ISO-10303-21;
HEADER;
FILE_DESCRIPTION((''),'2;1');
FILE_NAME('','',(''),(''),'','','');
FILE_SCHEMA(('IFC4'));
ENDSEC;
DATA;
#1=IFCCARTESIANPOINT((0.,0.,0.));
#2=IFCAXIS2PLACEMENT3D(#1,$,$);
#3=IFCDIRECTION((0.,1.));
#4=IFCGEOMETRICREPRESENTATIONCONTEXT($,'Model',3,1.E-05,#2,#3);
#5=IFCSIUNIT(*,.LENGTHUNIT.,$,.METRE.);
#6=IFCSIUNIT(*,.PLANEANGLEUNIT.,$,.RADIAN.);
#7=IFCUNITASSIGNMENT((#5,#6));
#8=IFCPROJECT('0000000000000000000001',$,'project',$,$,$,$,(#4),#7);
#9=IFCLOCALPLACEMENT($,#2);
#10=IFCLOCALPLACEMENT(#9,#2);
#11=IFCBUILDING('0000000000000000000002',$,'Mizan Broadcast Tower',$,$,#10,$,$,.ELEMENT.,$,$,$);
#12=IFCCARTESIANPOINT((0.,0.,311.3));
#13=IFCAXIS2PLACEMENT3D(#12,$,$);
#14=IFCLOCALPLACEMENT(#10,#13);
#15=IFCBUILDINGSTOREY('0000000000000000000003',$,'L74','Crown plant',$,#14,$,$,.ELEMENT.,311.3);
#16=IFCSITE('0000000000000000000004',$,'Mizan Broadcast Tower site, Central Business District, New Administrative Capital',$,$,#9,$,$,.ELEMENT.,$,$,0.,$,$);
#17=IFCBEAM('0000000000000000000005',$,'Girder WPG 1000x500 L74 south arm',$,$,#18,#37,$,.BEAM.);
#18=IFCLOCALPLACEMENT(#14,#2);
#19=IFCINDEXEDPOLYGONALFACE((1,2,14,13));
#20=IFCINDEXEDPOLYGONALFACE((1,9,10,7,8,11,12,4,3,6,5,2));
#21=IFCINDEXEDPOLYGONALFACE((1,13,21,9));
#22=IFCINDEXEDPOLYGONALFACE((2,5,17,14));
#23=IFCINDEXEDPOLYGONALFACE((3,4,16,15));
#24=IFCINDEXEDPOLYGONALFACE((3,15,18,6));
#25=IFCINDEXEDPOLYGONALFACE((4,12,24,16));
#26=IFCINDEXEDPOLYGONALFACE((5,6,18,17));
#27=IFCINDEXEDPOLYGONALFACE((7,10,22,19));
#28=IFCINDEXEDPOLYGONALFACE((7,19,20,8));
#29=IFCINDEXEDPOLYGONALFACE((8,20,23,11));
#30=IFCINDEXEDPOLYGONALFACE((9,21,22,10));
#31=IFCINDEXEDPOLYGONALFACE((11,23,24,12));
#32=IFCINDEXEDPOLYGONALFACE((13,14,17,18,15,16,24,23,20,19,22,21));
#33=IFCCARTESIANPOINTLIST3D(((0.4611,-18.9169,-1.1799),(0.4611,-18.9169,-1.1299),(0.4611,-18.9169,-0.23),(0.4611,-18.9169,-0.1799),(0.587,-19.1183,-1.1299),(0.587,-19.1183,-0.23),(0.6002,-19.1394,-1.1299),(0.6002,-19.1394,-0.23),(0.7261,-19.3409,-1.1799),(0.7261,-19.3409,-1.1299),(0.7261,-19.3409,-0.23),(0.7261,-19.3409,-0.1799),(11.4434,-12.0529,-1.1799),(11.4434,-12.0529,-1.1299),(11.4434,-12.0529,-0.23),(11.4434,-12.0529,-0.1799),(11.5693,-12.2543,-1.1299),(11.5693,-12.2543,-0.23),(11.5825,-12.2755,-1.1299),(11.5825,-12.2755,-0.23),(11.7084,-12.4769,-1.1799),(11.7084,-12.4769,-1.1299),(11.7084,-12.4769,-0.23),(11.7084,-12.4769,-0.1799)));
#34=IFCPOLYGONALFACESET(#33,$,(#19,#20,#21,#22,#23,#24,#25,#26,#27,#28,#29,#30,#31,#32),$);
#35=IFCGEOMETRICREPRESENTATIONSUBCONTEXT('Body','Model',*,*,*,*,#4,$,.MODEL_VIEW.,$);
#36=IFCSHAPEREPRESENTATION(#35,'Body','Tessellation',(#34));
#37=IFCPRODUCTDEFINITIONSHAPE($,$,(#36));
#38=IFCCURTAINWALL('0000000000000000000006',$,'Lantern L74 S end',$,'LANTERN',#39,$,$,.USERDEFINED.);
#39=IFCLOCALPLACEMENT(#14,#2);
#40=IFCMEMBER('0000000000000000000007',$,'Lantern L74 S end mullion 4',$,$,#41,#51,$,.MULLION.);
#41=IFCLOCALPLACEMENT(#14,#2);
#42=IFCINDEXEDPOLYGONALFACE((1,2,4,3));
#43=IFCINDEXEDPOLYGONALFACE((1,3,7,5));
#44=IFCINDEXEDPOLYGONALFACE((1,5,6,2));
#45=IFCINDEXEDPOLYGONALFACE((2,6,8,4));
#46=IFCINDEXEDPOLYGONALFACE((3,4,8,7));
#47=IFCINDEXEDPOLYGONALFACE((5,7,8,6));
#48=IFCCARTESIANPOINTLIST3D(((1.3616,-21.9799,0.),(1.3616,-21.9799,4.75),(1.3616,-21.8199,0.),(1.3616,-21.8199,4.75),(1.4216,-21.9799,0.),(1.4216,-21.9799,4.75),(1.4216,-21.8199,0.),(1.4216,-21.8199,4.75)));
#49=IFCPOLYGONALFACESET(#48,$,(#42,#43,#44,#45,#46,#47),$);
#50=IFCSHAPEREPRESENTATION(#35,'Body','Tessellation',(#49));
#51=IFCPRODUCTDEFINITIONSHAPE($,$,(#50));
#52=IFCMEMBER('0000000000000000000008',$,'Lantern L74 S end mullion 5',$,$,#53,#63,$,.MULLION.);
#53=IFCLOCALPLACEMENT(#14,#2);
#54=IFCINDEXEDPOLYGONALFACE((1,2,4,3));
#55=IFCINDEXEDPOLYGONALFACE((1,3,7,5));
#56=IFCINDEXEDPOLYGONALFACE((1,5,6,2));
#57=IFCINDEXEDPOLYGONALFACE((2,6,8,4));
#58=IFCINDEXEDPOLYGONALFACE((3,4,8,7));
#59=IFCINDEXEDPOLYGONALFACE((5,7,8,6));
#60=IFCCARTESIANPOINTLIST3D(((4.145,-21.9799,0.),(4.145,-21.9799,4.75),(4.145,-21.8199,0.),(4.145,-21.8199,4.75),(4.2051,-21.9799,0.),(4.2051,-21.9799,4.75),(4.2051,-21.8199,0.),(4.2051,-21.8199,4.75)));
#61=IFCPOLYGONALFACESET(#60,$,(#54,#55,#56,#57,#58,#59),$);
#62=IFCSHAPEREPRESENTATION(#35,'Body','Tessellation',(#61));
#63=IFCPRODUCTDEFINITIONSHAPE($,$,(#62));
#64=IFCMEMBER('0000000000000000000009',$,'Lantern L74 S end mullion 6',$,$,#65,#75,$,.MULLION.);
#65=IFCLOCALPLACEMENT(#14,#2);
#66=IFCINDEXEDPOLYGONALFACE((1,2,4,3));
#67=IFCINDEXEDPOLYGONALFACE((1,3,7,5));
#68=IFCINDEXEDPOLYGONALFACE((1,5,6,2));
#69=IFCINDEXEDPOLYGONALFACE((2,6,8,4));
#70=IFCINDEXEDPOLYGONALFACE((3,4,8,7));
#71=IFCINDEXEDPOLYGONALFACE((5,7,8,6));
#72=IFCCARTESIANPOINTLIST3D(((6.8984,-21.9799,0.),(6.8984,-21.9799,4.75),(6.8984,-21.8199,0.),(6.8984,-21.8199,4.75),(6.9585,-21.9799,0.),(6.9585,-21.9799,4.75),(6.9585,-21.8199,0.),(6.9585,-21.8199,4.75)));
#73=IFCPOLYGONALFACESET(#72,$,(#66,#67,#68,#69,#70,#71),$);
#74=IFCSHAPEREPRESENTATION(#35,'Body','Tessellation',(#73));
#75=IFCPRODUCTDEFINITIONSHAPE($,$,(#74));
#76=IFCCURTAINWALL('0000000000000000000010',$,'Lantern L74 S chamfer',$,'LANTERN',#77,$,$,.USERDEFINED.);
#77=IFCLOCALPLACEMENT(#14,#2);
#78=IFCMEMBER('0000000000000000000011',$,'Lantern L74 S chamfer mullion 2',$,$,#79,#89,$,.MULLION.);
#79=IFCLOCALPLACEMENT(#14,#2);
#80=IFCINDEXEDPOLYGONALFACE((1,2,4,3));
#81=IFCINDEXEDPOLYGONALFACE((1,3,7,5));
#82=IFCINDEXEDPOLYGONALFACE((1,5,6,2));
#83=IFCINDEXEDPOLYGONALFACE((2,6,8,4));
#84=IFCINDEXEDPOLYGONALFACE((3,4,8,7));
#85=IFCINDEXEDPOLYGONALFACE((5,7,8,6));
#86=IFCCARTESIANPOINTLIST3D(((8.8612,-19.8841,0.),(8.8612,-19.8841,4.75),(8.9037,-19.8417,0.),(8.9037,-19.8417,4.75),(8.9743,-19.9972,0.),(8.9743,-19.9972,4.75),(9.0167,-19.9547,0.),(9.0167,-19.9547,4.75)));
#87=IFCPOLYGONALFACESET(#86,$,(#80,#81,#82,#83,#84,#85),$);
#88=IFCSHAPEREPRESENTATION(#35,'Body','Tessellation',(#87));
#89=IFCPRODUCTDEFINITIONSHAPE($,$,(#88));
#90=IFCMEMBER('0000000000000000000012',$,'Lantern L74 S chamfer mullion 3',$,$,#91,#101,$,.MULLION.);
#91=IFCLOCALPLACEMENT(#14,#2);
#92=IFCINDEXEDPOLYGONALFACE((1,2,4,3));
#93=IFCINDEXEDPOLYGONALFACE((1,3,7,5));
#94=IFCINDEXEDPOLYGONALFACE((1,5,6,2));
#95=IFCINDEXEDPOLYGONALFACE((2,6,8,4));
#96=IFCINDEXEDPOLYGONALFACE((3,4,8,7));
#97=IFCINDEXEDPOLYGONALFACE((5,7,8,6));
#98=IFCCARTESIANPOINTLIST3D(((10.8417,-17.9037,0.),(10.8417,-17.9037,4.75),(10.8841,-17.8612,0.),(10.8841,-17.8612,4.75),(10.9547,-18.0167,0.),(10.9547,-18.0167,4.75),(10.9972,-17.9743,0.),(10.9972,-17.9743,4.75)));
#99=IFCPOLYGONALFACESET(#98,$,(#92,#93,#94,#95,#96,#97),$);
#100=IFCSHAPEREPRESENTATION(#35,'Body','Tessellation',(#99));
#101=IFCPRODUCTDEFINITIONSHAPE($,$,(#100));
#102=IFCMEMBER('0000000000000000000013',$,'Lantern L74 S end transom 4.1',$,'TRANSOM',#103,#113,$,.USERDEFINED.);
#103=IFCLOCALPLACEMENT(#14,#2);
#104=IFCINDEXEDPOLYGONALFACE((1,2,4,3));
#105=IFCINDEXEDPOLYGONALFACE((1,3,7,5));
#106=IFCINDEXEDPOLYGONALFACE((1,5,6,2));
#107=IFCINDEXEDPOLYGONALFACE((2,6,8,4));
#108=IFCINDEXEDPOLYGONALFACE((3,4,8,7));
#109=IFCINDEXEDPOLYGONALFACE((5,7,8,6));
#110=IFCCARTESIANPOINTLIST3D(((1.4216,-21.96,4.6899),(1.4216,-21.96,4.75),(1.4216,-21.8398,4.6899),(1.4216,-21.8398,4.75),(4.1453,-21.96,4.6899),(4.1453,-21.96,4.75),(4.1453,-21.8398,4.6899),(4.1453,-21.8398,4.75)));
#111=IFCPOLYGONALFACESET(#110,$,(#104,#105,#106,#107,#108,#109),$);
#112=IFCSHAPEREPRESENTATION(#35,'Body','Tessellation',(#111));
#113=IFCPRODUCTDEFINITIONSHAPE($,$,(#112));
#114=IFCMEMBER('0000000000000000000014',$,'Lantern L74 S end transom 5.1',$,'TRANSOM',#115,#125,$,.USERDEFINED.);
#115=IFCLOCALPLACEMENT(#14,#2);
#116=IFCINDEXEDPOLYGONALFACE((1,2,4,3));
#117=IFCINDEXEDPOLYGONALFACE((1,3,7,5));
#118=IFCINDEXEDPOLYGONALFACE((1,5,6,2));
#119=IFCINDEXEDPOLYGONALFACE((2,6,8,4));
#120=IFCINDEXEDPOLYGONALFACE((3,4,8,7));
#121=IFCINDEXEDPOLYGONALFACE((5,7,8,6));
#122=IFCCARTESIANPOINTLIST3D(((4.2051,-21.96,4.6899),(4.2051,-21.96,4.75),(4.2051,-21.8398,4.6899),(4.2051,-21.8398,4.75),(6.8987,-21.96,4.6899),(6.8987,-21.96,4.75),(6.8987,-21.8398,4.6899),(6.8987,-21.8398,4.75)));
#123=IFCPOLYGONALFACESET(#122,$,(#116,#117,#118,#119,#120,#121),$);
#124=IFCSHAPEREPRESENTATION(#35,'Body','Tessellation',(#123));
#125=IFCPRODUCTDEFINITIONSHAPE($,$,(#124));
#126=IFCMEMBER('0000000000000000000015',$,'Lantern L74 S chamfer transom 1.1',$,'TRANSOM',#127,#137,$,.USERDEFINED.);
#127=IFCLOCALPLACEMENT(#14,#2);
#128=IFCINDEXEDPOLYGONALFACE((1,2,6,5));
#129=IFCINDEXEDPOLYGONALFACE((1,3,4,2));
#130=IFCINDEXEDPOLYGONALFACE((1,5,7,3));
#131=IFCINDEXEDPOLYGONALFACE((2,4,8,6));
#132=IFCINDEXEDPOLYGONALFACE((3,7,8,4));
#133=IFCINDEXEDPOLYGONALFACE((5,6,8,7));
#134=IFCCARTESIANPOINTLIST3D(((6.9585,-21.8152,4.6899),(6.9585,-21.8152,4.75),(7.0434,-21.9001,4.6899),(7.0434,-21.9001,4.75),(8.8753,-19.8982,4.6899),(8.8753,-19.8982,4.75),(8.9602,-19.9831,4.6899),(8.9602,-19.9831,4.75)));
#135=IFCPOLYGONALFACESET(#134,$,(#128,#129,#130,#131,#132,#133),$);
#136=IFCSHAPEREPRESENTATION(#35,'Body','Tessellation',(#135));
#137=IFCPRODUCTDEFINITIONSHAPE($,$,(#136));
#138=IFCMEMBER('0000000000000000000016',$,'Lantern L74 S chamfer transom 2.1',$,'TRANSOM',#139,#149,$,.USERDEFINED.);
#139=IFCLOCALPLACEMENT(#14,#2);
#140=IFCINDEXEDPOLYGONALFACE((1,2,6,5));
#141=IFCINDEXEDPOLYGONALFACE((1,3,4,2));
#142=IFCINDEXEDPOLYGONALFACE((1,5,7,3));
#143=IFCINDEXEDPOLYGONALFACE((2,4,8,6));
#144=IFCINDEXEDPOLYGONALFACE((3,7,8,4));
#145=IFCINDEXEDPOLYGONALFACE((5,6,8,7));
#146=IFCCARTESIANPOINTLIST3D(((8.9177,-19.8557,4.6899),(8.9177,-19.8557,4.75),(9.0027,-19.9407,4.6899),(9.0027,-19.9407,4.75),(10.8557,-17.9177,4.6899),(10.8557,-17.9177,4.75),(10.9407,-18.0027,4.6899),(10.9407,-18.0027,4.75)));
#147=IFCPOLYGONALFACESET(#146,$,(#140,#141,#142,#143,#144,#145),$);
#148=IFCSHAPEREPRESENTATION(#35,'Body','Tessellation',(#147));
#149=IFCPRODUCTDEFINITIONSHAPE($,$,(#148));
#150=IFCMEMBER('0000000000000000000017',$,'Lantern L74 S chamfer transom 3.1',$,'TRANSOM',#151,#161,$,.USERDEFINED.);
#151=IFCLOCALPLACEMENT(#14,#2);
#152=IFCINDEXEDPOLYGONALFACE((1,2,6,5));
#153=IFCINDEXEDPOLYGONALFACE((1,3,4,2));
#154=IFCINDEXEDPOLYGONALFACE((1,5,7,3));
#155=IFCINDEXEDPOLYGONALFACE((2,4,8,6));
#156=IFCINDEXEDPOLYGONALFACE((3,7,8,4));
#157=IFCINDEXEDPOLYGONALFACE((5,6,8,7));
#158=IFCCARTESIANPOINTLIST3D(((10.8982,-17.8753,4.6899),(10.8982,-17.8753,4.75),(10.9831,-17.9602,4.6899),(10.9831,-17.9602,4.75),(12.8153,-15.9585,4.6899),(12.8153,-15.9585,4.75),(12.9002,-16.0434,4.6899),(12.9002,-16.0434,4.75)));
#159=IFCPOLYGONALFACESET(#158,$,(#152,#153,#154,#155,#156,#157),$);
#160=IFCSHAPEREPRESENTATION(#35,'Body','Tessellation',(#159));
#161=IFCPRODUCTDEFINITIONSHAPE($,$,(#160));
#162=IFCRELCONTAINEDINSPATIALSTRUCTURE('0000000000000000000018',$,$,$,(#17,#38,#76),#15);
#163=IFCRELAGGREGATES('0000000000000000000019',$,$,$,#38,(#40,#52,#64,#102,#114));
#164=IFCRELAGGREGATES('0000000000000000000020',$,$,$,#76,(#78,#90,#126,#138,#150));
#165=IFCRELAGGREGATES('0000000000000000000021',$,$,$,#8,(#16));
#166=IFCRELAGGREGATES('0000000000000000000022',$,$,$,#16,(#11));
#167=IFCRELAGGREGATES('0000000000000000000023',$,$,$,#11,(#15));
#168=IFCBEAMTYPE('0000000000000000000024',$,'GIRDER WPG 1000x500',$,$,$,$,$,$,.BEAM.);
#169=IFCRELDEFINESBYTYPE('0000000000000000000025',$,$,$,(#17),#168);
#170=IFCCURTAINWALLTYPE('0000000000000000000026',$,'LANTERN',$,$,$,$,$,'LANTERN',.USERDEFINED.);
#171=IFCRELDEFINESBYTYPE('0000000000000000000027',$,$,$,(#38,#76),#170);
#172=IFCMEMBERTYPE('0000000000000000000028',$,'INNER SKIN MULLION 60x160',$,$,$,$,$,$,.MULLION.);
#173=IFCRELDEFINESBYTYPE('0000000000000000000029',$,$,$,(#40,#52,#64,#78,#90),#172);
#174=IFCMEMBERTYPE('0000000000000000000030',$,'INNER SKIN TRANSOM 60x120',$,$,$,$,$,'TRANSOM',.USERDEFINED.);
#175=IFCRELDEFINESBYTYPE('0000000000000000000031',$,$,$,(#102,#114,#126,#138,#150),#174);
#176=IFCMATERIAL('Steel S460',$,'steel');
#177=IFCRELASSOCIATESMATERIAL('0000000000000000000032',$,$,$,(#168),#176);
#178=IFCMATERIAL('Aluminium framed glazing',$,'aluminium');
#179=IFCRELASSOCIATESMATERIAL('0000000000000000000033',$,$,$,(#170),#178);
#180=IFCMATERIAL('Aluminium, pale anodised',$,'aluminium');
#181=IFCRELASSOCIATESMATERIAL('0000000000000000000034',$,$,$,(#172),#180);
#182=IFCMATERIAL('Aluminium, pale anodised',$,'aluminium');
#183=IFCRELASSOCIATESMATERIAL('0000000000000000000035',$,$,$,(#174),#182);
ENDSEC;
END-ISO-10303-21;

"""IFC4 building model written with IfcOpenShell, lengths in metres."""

from ifc_helpers import new_model, si_unit, direction, frame, origin, origin_2d, place, context, subcontext, project, spatial, rectangle, i_section, extrude, material, material_profile, profile_set, type_object, element, aggregate, save


model = new_model("IFC4")

# Units and contexts
model_context = context("Model", 3, precision=1e-05, world=origin(), true_north=direction((0.0, 1.0)))
body_context = subcontext(model_context, "Body", "Model", "MODEL_VIEW")
ifc_project = project(units=[si_unit("LENGTHUNIT", "METRE"), si_unit("PLANEANGLEUNIT", "RADIAN")], contexts=[model_context])

# Site, building, storey
site_placement = place(None, origin())
site = spatial("IfcSite", under=ifc_project, at=site_placement, Name="Mizan Broadcast Tower site, Central Business District, New Administrative Capital", CompositionType="ELEMENT", RefElevation=0.0)
building_placement = place(site_placement, origin())
building = spatial("IfcBuilding", under=site, at=building_placement, Name="Mizan Broadcast Tower", CompositionType="ELEMENT")
storey_placement = place(building_placement, frame((0.0, 0.0, 311.3)))
storey = spatial("IfcBuildingStorey", under=building, at=storey_placement, Name="L74", Description="Crown plant", CompositionType="ELEMENT", Elevation=311.3)

# Beam
ifc_material_1 = material(Name="Steel S460", Category="steel")
ifc_material_profile_1 = material_profile(ifc_material_1, i_section(OverallWidth=0.5, OverallDepth=1.0, WebThickness=0.0249, FlangeThickness=0.05, at=origin_2d()), Name="WPG 1000x500")
ifc_profile_set_1 = profile_set([ifc_material_profile_1], Name="Steel S460")
beam_type_1 = type_object("IfcBeamType", Name="GIRDER WPG 1000x500", PredefinedType="BEAM", material=ifc_profile_set_1)
beam_1_placement = place(storey_placement, frame((11.5759, -12.2649, -0.6799), z_axis=(-0.847998, -0.529999, 0.0), x_axis=(0.529999, -0.847998, 0.0)))
element("IfcBeam", 1, at=beam_1_placement, inside=storey, type_object=beam_type_1, Name="Girder WPG 1000x500 L74 south arm", PredefinedType="BEAM", context=body_context, shape_type="SweptSolid", body=[
    extrude(i_section(OverallWidth=0.5, OverallDepth=1.0, WebThickness=0.0249, FlangeThickness=0.05, at=origin_2d()), origin(), (0.0, 0.0, 1.0), 12.9509),
])

# Curtain walls, members
ifc_material_2 = material(Name="Aluminium framed glazing", Category="aluminium")
curtain_wall_type = type_object("IfcCurtainWallType", Name="LANTERN", ElementType="LANTERN", PredefinedType="USERDEFINED", material=ifc_material_2)
curtain_wall_1_placement = place(storey_placement, origin())
curtain_wall_1 = element("IfcCurtainWall", 2, at=curtain_wall_1_placement, inside=storey, type_object=curtain_wall_type, Name="Lantern L74 S end", ObjectType="LANTERN", PredefinedType="USERDEFINED")
ifc_material_3 = material(Name="Aluminium, pale anodised", Category="aluminium")
ifc_material_profile_2 = material_profile(ifc_material_3, rectangle(XDim=0.1599, YDim=0.0601, at=origin_2d()), Name="MULLION 160x60")
ifc_profile_set_2 = profile_set([ifc_material_profile_2], Name="Aluminium, pale anodised")
member_type_1 = type_object("IfcMemberType", Name="INNER SKIN MULLION 60x160", PredefinedType="MULLION", material=ifc_profile_set_2)
member_1_placement = place(storey_placement, frame((1.3916, -21.8999, 0.0), z_axis=(0.0, 0.0, 1.0), x_axis=(0.0, 1.0, 0.0)))
member_1 = element("IfcMember", 3, at=member_1_placement, type_object=member_type_1, Name="Lantern L74 S end mullion 4", PredefinedType="MULLION", context=body_context, shape_type="SweptSolid", body=[
    extrude(rectangle(XDim=0.1599, YDim=0.0601, at=origin_2d()), origin(), (0.0, 0.0, 1.0), 4.75),
])
member_2_placement = place(storey_placement, frame((4.175, -21.8999, 0.0), z_axis=(0.0, 0.0, 1.0), x_axis=(0.0, 1.0, 0.0)))
member_2 = element("IfcMember", 4, at=member_2_placement, type_object=member_type_1, Name="Lantern L74 S end mullion 5", PredefinedType="MULLION", context=body_context, shape_type="SweptSolid", body=[
    extrude(rectangle(XDim=0.1599, YDim=0.0601, at=origin_2d()), origin(), (0.0, 0.0, 1.0), 4.75),
])
member_3_placement = place(storey_placement, frame((6.9285, -21.8999, 0.0), z_axis=(0.0, 0.0, 1.0), x_axis=(0.0, 1.0, 0.0)))
member_3 = element("IfcMember", 5, at=member_3_placement, type_object=member_type_1, Name="Lantern L74 S end mullion 6", PredefinedType="MULLION", context=body_context, shape_type="SweptSolid", body=[
    extrude(rectangle(XDim=0.1599, YDim=0.0601, at=origin_2d()), origin(), (0.0, 0.0, 1.0), 4.75),
])
curtain_wall_2_placement = place(storey_placement, origin())
curtain_wall_2 = element("IfcCurtainWall", 6, at=curtain_wall_2_placement, inside=storey, type_object=curtain_wall_type, Name="Lantern L74 S chamfer", ObjectType="LANTERN", PredefinedType="USERDEFINED")
member_4_placement = place(storey_placement, frame((8.939, -19.9194, 0.0), z_axis=(0.0, 0.0, 1.0), x_axis=(-0.707107, 0.707107, 0.0)))
member_4 = element("IfcMember", 7, at=member_4_placement, type_object=member_type_1, Name="Lantern L74 S chamfer mullion 2", PredefinedType="MULLION", context=body_context, shape_type="SweptSolid", body=[
    extrude(rectangle(XDim=0.1599, YDim=0.0601, at=origin_2d()), origin(), (0.0, 0.0, 1.0), 4.75),
])
member_5_placement = place(storey_placement, frame((10.9194, -17.939, 0.0), z_axis=(0.0, 0.0, 1.0), x_axis=(-0.707107, 0.707107, 0.0)))
member_5 = element("IfcMember", 8, at=member_5_placement, type_object=member_type_1, Name="Lantern L74 S chamfer mullion 3", PredefinedType="MULLION", context=body_context, shape_type="SweptSolid", body=[
    extrude(rectangle(XDim=0.1599, YDim=0.0601, at=origin_2d()), origin(), (0.0, 0.0, 1.0), 4.75),
])

# Members
ifc_material_4 = material(Name="Aluminium, pale anodised", Category="aluminium")
ifc_material_profile_3 = material_profile(ifc_material_4, rectangle(XDim=0.1201, YDim=0.0601, at=origin_2d()), Name="TRANSOM 120x60")
ifc_profile_set_3 = profile_set([ifc_material_profile_3], Name="Aluminium, pale anodised")
member_type_2 = type_object("IfcMemberType", Name="INNER SKIN TRANSOM 60x120", ElementType="TRANSOM", PredefinedType="USERDEFINED", material=ifc_profile_set_3)
member_6_placement = place(storey_placement, frame((1.4216, -21.8999, 4.72), z_axis=(1.0, 0.0, 0.0), x_axis=(0.0, 1.0, 0.0)))
member_6 = element("IfcMember", 9, at=member_6_placement, type_object=member_type_2, Name="Lantern L74 S end transom 4.1", ObjectType="TRANSOM", PredefinedType="USERDEFINED", context=body_context, shape_type="SweptSolid", body=[
    extrude(rectangle(XDim=0.1201, YDim=0.0601, at=origin_2d()), origin(), (0.0, 0.0, 1.0), 2.7236),
])
member_7_placement = place(storey_placement, frame((4.2051, -21.8999, 4.72), z_axis=(1.0, 0.0, 0.0), x_axis=(0.0, 1.0, 0.0)))
member_7 = element("IfcMember", 10, at=member_7_placement, type_object=member_type_2, Name="Lantern L74 S end transom 5.1", ObjectType="TRANSOM", PredefinedType="USERDEFINED", context=body_context, shape_type="SweptSolid", body=[
    extrude(rectangle(XDim=0.1201, YDim=0.0601, at=origin_2d()), origin(), (0.0, 0.0, 1.0), 2.6936),
])
member_8_placement = place(storey_placement, frame((7.001, -21.8577, 4.72), z_axis=(0.707062, 0.707152, 0.0), x_axis=(-0.707152, 0.707062, 0.0)))
member_8 = element("IfcMember", 11, at=member_8_placement, type_object=member_type_2, Name="Lantern L74 S chamfer transom 1.1", ObjectType="TRANSOM", PredefinedType="USERDEFINED", context=body_context, shape_type="SweptSolid", body=[
    extrude(rectangle(XDim=0.1201, YDim=0.0601, at=origin_2d()), origin(), (0.0, 0.0, 1.0), 2.7109),
])
member_9_placement = place(storey_placement, frame((8.9602, -19.8982, 4.72), z_axis=(0.707107, 0.707107, 0.0), x_axis=(-0.707107, 0.707107, 0.0)))
member_9 = element("IfcMember", 12, at=member_9_placement, type_object=member_type_2, Name="Lantern L74 S chamfer transom 2.1", ObjectType="TRANSOM", PredefinedType="USERDEFINED", context=body_context, shape_type="SweptSolid", body=[
    extrude(rectangle(XDim=0.1201, YDim=0.0601, at=origin_2d()), origin(), (0.0, 0.0, 1.0), 2.7407),
])
member_10_placement = place(storey_placement, frame((10.9407, -17.9177, 4.72), z_axis=(0.707152, 0.707062, 0.0), x_axis=(-0.707062, 0.707152, 0.0)))
member_10 = element("IfcMember", 13, at=member_10_placement, type_object=member_type_2, Name="Lantern L74 S chamfer transom 3.1", ObjectType="TRANSOM", PredefinedType="USERDEFINED", context=body_context, shape_type="SweptSolid", body=[
    extrude(rectangle(XDim=0.1201, YDim=0.0601, at=origin_2d()), origin(), (0.0, 0.0, 1.0), 2.7109),
])

aggregate(curtain_wall_1, [member_1, member_2, member_3, member_6, member_7])
aggregate(curtain_wall_2, [member_4, member_5, member_8, member_9, member_10])

save(model, "model.ifc")
